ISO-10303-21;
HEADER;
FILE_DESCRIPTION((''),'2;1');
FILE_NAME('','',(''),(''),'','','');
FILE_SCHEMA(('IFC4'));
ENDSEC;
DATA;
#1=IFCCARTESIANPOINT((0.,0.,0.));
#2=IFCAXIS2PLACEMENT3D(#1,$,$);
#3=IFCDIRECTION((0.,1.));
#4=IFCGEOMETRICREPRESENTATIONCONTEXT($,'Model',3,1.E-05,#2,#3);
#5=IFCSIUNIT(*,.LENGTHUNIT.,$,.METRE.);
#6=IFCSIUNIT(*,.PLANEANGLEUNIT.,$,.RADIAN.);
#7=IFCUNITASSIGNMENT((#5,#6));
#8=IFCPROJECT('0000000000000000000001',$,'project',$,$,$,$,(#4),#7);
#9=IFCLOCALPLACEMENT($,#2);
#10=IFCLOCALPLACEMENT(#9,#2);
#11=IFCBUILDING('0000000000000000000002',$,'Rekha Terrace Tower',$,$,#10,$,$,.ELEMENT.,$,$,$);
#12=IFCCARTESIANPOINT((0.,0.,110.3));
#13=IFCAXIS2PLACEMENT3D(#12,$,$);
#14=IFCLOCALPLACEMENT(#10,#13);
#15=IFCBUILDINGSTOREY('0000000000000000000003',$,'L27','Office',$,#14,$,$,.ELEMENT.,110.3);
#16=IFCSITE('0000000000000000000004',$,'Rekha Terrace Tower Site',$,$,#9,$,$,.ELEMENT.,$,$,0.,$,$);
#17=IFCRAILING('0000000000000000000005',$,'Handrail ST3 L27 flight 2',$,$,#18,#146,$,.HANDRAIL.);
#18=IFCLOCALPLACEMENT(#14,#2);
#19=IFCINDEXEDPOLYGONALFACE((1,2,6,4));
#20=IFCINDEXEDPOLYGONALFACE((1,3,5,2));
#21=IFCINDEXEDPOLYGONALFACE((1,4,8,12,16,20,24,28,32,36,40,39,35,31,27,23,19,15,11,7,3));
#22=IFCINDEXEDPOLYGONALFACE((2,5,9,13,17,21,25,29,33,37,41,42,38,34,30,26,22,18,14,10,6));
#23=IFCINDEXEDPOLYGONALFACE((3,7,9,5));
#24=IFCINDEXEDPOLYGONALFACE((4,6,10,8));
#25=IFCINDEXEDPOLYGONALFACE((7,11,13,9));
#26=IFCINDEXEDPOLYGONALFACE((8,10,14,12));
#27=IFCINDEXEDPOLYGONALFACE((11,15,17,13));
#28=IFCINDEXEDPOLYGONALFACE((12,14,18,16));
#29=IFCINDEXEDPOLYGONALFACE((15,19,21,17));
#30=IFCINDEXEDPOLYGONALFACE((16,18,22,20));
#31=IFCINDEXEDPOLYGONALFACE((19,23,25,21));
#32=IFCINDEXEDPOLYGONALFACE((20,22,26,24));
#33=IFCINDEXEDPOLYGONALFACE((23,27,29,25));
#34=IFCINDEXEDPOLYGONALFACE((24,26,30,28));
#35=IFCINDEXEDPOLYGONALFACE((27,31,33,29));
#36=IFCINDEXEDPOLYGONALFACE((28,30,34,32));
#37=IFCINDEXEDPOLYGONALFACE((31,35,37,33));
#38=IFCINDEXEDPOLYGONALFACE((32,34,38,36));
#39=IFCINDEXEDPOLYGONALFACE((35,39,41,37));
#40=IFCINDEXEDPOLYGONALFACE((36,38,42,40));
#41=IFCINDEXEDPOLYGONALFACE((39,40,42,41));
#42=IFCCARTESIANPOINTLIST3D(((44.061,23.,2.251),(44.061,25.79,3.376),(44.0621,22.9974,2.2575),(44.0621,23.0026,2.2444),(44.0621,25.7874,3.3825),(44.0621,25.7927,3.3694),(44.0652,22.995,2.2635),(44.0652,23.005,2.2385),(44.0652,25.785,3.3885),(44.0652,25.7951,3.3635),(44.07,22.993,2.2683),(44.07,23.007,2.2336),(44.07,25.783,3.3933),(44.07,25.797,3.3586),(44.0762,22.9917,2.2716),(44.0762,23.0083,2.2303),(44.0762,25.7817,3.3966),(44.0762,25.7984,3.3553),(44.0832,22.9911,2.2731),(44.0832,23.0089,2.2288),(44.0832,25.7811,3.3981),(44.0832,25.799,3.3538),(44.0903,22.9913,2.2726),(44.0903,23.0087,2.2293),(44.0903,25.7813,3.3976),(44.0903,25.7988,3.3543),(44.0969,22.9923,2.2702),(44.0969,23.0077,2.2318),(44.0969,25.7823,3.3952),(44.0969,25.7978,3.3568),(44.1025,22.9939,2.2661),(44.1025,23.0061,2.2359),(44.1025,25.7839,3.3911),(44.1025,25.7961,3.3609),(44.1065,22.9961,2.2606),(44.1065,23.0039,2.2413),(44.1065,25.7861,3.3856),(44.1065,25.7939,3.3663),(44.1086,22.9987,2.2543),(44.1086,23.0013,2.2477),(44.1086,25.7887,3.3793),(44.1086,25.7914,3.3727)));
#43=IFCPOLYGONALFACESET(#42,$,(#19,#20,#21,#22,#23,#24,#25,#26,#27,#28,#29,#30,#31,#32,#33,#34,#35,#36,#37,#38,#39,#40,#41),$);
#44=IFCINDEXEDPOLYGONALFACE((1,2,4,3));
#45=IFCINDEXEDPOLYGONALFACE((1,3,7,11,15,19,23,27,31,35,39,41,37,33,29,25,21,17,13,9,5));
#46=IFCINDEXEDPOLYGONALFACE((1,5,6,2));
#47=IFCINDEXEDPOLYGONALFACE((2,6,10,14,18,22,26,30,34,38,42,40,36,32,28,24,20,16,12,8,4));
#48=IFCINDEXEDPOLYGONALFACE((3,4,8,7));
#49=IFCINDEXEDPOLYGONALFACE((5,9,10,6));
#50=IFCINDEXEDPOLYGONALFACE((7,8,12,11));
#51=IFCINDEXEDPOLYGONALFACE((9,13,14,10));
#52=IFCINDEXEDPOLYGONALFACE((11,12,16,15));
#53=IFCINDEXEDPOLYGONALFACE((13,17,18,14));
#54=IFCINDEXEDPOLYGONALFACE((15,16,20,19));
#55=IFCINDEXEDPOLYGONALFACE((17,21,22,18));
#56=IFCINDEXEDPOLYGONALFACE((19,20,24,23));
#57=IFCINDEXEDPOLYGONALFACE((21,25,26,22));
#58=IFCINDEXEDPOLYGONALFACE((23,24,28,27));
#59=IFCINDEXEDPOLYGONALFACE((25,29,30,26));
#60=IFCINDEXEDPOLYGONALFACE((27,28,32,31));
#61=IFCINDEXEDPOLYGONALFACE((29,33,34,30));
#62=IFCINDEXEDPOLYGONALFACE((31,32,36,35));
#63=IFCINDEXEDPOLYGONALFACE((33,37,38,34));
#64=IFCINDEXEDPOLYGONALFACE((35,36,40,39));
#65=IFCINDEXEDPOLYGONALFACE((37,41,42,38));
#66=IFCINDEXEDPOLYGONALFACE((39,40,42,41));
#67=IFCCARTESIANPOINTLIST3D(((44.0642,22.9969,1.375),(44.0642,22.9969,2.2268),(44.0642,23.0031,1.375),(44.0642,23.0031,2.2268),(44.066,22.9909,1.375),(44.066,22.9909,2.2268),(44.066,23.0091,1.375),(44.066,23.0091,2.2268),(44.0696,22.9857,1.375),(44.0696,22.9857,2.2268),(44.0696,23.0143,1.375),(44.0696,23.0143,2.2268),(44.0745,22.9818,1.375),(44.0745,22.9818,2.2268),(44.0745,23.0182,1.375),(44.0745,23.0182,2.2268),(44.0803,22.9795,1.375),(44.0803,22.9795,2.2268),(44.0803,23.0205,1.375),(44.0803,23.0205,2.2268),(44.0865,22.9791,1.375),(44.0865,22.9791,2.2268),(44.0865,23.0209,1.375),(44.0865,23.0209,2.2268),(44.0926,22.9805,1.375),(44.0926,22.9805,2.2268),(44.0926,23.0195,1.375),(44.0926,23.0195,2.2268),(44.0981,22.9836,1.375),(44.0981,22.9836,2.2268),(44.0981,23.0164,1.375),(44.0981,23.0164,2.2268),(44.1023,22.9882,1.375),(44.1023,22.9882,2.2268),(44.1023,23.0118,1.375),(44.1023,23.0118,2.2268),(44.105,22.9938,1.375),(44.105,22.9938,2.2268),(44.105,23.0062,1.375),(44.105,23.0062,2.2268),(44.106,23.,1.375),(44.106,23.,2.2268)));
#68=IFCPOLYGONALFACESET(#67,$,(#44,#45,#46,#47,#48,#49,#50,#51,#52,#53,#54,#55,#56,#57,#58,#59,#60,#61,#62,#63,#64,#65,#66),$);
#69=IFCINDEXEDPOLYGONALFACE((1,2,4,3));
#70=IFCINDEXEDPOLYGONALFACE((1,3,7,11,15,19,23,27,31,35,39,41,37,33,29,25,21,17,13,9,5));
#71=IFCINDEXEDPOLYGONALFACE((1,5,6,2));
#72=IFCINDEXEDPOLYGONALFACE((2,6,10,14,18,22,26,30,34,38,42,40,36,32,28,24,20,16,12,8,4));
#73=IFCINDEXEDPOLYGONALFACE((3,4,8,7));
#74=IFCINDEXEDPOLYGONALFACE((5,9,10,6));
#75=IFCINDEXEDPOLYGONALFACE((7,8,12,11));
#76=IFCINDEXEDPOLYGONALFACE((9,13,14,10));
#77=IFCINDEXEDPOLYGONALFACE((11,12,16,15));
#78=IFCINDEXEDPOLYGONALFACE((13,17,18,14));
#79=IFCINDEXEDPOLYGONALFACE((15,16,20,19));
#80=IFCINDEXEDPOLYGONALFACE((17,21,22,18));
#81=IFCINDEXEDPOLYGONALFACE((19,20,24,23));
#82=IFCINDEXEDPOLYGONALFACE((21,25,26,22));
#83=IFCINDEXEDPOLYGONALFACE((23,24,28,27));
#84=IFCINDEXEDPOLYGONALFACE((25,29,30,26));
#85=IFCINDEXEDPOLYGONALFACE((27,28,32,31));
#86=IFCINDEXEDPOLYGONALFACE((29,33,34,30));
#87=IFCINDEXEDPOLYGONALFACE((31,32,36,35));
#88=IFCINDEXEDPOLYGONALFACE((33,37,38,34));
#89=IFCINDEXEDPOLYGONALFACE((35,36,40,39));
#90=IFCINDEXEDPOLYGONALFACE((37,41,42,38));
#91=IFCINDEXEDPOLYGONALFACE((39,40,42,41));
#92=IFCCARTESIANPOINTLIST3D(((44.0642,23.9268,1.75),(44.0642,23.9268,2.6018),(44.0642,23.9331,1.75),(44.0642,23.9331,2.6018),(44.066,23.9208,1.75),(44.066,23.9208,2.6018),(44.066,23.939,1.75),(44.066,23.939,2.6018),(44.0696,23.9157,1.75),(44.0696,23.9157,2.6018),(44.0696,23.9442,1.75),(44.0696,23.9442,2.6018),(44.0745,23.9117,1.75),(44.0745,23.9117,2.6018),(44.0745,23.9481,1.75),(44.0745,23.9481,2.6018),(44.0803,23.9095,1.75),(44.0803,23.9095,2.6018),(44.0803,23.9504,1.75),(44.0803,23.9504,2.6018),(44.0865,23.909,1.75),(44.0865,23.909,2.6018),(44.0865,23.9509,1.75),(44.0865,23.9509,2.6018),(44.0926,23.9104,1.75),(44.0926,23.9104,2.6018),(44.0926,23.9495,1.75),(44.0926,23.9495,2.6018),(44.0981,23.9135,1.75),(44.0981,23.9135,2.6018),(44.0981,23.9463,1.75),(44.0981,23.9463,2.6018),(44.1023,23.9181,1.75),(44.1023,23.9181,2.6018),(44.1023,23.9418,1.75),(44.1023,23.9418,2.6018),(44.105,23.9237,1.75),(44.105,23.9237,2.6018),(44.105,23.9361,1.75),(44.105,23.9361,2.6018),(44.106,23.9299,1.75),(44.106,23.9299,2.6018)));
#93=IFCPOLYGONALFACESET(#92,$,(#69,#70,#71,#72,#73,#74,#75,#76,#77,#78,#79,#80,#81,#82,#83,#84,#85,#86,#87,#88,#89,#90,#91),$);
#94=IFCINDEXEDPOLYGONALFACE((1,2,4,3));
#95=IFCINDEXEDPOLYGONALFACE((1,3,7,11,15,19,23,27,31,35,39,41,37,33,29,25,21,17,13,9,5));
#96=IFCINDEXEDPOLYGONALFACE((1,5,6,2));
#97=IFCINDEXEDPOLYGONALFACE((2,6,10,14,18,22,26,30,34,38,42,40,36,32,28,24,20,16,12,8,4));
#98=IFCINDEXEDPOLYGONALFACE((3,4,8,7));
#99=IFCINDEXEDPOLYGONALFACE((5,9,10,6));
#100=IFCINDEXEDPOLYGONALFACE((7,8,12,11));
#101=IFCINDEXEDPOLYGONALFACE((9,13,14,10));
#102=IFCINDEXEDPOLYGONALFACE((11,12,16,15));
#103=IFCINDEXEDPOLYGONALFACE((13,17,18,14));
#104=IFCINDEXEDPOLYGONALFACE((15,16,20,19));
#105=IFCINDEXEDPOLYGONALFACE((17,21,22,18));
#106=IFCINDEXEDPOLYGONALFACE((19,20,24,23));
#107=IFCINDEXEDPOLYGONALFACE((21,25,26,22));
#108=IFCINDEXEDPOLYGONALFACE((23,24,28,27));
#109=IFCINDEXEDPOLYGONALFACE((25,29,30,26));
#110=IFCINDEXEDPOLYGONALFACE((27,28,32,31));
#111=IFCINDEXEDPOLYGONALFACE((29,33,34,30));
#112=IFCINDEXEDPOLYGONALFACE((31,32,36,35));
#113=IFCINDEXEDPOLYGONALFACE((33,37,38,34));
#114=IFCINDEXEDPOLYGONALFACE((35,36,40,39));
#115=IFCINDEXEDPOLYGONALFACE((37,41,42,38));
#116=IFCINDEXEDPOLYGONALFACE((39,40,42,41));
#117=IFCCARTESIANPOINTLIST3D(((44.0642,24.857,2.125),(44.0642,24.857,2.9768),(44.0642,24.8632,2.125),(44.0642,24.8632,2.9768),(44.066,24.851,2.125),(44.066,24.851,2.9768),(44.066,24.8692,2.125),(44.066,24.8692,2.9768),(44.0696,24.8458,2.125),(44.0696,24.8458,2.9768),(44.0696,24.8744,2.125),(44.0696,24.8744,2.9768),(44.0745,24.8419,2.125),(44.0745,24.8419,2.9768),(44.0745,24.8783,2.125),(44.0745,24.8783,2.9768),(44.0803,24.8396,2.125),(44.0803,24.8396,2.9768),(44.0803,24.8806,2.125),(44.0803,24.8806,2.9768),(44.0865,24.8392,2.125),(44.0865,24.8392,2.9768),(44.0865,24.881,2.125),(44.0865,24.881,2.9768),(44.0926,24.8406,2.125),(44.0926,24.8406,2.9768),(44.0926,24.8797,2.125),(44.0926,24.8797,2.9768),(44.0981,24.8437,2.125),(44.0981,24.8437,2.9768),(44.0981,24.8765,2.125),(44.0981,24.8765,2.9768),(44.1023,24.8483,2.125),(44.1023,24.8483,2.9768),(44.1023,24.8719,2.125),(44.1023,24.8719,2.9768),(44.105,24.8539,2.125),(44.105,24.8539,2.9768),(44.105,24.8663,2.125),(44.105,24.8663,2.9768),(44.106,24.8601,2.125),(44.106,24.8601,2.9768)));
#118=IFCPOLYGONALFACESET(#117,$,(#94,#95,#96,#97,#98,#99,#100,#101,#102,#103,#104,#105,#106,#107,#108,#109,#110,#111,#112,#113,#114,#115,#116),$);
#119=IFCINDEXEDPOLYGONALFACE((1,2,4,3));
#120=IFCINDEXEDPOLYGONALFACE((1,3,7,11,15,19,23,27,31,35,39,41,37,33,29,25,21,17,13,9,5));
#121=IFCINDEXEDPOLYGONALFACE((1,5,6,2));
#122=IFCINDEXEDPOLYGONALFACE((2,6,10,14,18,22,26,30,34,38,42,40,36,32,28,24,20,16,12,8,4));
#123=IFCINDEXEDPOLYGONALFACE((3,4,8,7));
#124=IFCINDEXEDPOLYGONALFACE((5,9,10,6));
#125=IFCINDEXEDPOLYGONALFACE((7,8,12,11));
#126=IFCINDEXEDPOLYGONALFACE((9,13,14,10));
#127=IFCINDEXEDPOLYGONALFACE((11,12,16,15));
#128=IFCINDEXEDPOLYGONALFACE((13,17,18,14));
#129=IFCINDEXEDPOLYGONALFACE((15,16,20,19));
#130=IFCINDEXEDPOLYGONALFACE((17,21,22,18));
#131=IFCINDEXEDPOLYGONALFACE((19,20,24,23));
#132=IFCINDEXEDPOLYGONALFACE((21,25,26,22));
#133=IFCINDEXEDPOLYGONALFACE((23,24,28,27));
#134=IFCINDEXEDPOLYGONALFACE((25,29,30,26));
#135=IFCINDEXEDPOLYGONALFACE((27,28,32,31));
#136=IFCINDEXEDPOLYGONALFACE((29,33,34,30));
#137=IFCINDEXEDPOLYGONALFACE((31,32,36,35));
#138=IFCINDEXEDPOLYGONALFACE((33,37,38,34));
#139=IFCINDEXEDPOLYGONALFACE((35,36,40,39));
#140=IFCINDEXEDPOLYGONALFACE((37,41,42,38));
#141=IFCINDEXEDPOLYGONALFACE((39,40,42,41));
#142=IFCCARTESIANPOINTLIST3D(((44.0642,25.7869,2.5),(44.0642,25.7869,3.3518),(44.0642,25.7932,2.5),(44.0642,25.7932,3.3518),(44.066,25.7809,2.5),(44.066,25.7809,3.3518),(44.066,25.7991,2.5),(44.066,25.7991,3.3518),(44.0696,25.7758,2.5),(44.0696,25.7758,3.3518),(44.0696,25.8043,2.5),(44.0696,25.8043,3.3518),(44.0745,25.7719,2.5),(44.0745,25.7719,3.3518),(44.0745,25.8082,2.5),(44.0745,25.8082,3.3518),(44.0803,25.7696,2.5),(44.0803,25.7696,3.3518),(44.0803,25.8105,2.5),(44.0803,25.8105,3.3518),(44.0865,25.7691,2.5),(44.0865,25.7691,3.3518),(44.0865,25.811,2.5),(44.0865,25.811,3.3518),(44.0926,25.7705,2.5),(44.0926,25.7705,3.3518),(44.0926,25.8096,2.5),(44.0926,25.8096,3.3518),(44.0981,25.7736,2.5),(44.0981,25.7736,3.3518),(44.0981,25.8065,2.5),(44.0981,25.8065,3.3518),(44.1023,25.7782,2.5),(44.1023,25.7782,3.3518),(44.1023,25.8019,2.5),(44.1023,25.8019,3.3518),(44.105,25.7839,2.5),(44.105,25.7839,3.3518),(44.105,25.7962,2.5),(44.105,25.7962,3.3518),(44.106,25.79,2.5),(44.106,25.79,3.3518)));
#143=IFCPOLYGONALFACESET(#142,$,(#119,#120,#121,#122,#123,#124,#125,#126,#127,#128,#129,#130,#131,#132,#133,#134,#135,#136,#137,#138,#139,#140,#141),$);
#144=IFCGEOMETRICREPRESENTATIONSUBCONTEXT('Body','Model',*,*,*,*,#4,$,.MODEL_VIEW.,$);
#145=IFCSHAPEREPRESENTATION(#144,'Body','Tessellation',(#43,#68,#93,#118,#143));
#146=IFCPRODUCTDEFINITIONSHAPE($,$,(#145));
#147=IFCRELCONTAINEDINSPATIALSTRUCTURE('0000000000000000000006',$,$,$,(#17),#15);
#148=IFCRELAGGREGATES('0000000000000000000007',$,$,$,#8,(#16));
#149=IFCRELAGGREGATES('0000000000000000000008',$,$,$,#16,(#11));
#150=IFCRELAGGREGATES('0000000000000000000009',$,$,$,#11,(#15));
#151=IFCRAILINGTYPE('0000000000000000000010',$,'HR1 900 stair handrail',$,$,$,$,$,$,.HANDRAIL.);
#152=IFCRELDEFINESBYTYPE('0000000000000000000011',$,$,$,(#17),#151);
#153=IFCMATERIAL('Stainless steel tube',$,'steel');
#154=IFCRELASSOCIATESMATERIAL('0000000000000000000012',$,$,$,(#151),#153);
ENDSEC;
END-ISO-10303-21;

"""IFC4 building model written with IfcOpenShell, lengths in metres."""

from ifc_helpers import new_model, si_unit, direction, frame, origin, origin_2d, place, context, subcontext, project, spatial, circle, extrude, material, type_object, element, save


model = new_model("IFC4")

# Units and contexts
model_context = context("Model", 3, precision=1e-05, world=origin(), true_north=direction((0.0, 1.0)))
body_context = subcontext(model_context, "Body", "Model", "MODEL_VIEW")
ifc_project = project(units=[si_unit("LENGTHUNIT", "METRE"), si_unit("PLANEANGLEUNIT", "RADIAN")], contexts=[model_context])

# Site, building, storey
site_placement = place(None, origin())
site = spatial("IfcSite", under=ifc_project, at=site_placement, Name="Rekha Terrace Tower Site", CompositionType="ELEMENT", RefElevation=0.0)
building_placement = place(site_placement, origin())
building = spatial("IfcBuilding", under=site, at=building_placement, Name="Rekha Terrace Tower", CompositionType="ELEMENT")
storey_placement = place(building_placement, frame((0.0, 0.0, 110.3)))
storey = spatial("IfcBuildingStorey", under=building, at=storey_placement, Name="L27", Description="Office", CompositionType="ELEMENT", Elevation=110.3)

# Railing
ifc_material_1 = material(Name="Stainless steel tube", Category="steel")
railing_type_1 = type_object("IfcRailingType", Name="HR1 900 stair handrail", PredefinedType="HANDRAIL", material=ifc_material_1)
railing_1_placement = place(storey_placement, frame((44.085, 23.0, 1.375)))
element("IfcRailing", 1, at=railing_1_placement, inside=storey, type_object=railing_type_1, Name="Handrail ST3 L27 flight 2", PredefinedType="HANDRAIL", context=body_context, shape_type="SweptSolid", body=[
    extrude(circle(Radius=0.0239, at=origin_2d()), frame((0.0, 0.0, 0.876), z_axis=(0.0, 0.927443, 0.373964), x_axis=(-1.0, 0.0, 0.0)), (0.0, 0.0, 1.0), 3.0083),
    extrude(circle(Radius=0.021, at=origin_2d()), origin(), (0.0, 0.0, 1.0), 0.8518),
    extrude(circle(Radius=0.021, at=origin_2d()), frame((0.0, 0.9299, 0.375)), (0.0, 0.0, 1.0), 0.8518),
    extrude(circle(Radius=0.021, at=origin_2d()), frame((0.0, 1.8601, 0.75)), (0.0, 0.0, 1.0), 0.8518),
    extrude(circle(Radius=0.021, at=origin_2d()), frame((0.0, 2.79, 1.125)), (0.0, 0.0, 1.0), 0.8518),
])

save(model, "model.ifc")
